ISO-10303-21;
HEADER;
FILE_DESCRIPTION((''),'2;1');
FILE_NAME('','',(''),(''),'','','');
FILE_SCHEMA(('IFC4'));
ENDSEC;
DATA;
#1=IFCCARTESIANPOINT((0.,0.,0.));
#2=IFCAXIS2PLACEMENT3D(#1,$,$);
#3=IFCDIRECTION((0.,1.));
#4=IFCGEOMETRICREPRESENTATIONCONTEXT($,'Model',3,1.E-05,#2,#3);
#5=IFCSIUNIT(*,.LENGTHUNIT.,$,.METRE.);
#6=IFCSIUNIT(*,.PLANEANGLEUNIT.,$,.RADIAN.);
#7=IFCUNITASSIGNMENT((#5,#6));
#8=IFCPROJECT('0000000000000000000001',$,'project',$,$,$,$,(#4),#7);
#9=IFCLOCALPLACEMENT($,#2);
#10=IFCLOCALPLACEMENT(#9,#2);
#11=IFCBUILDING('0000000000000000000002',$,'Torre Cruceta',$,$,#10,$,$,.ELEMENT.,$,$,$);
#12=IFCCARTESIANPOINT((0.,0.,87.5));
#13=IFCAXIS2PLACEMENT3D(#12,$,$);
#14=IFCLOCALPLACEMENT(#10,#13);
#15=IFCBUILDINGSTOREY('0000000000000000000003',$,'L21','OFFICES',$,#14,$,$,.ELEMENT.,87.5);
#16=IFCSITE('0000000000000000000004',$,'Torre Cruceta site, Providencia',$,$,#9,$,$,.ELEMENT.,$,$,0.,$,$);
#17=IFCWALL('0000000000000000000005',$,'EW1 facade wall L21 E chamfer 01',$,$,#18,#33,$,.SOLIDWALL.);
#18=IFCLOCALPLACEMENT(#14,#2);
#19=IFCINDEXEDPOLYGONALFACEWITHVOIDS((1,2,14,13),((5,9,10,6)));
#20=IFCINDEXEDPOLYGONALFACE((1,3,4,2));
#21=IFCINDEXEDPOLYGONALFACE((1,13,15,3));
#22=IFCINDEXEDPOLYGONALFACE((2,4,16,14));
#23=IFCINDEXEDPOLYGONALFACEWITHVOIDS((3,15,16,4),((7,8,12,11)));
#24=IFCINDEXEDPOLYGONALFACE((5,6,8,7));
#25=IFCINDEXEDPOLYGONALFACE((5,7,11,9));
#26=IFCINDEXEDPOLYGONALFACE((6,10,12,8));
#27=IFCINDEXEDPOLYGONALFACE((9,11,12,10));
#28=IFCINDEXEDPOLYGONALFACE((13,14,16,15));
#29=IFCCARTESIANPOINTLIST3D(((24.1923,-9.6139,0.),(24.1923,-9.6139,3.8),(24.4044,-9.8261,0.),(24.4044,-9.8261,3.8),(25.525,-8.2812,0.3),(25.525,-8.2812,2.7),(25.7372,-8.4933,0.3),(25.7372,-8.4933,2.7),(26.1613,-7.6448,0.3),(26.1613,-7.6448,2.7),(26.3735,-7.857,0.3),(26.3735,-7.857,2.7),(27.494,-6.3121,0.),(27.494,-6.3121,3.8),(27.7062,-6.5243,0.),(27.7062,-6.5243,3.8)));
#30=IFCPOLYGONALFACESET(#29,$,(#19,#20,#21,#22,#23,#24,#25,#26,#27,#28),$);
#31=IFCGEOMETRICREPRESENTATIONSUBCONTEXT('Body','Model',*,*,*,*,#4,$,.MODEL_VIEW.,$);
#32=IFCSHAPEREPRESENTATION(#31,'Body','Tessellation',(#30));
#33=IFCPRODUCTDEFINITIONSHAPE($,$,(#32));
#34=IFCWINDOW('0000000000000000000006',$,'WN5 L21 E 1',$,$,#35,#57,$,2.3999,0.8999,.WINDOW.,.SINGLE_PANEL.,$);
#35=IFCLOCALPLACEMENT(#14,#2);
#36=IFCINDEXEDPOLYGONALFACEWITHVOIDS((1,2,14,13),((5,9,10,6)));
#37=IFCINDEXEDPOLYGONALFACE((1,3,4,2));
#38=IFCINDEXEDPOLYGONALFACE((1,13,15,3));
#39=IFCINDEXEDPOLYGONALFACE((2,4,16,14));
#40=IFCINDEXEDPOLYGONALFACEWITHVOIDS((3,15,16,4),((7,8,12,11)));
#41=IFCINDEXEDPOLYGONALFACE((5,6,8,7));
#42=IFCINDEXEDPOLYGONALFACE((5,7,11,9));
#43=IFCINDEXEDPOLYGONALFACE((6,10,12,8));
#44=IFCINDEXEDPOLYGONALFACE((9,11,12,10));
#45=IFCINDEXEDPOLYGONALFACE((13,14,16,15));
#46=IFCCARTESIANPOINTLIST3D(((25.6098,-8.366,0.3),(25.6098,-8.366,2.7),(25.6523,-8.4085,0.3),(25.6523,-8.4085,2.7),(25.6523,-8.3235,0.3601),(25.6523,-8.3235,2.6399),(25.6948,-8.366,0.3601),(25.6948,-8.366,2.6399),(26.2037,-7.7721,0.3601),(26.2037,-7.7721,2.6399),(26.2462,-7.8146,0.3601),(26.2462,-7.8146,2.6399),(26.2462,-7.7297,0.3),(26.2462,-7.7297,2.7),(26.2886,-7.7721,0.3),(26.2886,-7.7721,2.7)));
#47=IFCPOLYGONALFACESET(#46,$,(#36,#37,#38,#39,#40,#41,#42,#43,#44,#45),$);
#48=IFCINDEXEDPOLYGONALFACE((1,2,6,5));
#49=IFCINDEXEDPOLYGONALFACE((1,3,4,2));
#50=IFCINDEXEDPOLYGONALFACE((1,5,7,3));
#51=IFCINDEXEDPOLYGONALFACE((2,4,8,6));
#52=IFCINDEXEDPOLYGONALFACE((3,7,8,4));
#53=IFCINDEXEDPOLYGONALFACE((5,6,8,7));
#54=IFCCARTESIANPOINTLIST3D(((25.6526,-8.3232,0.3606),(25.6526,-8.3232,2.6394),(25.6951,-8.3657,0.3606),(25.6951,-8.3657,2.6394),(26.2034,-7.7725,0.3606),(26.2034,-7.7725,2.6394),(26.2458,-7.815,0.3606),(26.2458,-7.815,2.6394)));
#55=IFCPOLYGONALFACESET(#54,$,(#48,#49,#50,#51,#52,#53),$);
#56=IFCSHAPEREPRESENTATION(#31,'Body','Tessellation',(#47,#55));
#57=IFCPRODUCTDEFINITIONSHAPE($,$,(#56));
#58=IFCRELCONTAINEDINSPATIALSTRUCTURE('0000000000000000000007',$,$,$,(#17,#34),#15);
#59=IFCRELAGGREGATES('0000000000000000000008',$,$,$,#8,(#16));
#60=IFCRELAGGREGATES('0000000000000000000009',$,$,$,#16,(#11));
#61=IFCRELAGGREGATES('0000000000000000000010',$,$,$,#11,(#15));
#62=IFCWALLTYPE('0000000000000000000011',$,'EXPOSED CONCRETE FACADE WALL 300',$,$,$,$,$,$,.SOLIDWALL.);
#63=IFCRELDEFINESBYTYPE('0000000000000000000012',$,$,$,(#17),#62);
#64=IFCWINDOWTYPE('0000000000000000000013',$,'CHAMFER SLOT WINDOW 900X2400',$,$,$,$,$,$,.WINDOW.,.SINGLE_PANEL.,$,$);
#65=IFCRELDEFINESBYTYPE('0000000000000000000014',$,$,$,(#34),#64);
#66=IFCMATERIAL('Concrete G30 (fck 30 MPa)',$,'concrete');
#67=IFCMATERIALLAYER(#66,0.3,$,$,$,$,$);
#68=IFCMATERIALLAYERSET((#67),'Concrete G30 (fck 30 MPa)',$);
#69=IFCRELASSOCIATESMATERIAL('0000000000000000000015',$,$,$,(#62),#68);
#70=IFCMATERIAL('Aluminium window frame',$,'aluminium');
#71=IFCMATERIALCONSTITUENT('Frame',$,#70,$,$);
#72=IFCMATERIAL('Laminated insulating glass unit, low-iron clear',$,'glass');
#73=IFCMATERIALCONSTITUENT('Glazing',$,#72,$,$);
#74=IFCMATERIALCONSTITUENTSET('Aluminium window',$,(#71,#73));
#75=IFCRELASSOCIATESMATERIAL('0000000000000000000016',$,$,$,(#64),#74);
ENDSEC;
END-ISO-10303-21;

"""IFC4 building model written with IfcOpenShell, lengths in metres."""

from ifc_helpers import new_model, si_unit, direction, frame, frame_2d, origin, place, context, subcontext, project, spatial, rectangle, hollow_rectangle, extrude, material, layer, layer_set, constituent, constituent_set, type_object, element, fill, save


model = new_model("IFC4")

# Units and contexts
model_context = context("Model", 3, precision=1e-05, world=origin(), true_north=direction((0.0, 1.0)))
body_context = subcontext(model_context, "Body", "Model", "MODEL_VIEW")
ifc_project = project(units=[si_unit("LENGTHUNIT", "METRE"), si_unit("PLANEANGLEUNIT", "RADIAN")], contexts=[model_context])

# Site, building, storey
site_placement = place(None, origin())
site = spatial("IfcSite", under=ifc_project, at=site_placement, Name="Torre Cruceta site, Providencia", CompositionType="ELEMENT", RefElevation=0.0)
building_placement = place(site_placement, origin())
building = spatial("IfcBuilding", under=site, at=building_placement, Name="Torre Cruceta", CompositionType="ELEMENT")
storey_placement = place(building_placement, frame((0.0, 0.0, 87.5)))
storey = spatial("IfcBuildingStorey", under=building, at=storey_placement, Name="L21", Description="OFFICES", CompositionType="ELEMENT", Elevation=87.5)

# Wall, opening, window
ifc_material_1 = material(Name="Concrete G30 (fck 30 MPa)", Category="concrete")
ifc_layer_1 = layer(ifc_material_1, 0.3)
ifc_layer_set_1 = layer_set([ifc_layer_1], Name="Concrete G30 (fck 30 MPa)")
wall_type = type_object("IfcWallType", Name="EXPOSED CONCRETE FACADE WALL 300", PredefinedType="SOLIDWALL", material=ifc_layer_set_1)
wall_placement = place(storey_placement, frame((24.2983, -9.72, 0.0), z_axis=(0.0, 0.0, 1.0), x_axis=(0.707107, 0.707107, 0.0)))
wall = element("IfcWall", 1, at=wall_placement, inside=storey, type_object=wall_type, Name="EW1 facade wall L21 E chamfer 01", PredefinedType="SOLIDWALL", context=body_context, shape_type="SweptSolid", body=[
    extrude(rectangle(XDim=4.6694, YDim=0.3, at=frame_2d((2.3347, 0.0))), origin(), (0.0, 0.0, 1.0), 3.8),
])
opening_placement = place(wall_placement, frame((1.8848, 0.0, 0.3)))
opening = element("IfcOpeningElement", 2, at=opening_placement, cuts=wall, PredefinedType="OPENING", context=body_context, shape_type="SweptSolid", body=[
    extrude(rectangle(XDim=0.8999, YDim=2.3999, at=frame_2d((0.45, 1.2))), frame((0.0, 0.1599, 0.0), z_axis=(0.0, -1.0, 0.0), x_axis=(1.0, 0.0, 0.0)), (0.0, 0.0, 1.0), 0.3201),
])
ifc_material_2 = material(Name="Aluminium window frame", Category="aluminium")
ifc_constituent_1 = constituent(ifc_material_2, Name="Frame")
ifc_material_3 = material(Name="Laminated insulating glass unit, low-iron clear", Category="glass")
ifc_constituent_2 = constituent(ifc_material_3, Name="Glazing")
ifc_constituent_set = constituent_set(constituents=[ifc_constituent_1, ifc_constituent_2], Name="Aluminium window")
window_type = type_object("IfcWindowType", Name="CHAMFER SLOT WINDOW 900X2400", PartitioningType="SINGLE_PANEL", PredefinedType="WINDOW", material=ifc_constituent_set)
window_placement = place(opening_placement, origin())
window = element("IfcWindow", 3, at=window_placement, inside=storey, type_object=window_type, Name="WN5 L21 E 1", OverallHeight=2.3999, OverallWidth=0.8999, PartitioningType="SINGLE_PANEL", PredefinedType="WINDOW", context=body_context, shape_type="SweptSolid", body=[
    extrude(hollow_rectangle(XDim=0.8999, YDim=2.3999, WallThickness=0.0601, at=frame_2d((0.45, 1.2))), frame((0.0, 0.03, 0.0), z_axis=(0.0, -1.0, 0.0), x_axis=(1.0, 0.0, 0.0)), (0.0, 0.0, 1.0), 0.0601),
    extrude(rectangle(XDim=0.7788, YDim=2.2788, at=frame_2d((0.45, 1.2))), frame((0.0, 0.03, 0.0), z_axis=(0.0, -1.0, 0.0), x_axis=(1.0, 0.0, 0.0)), (0.0, 0.0, 1.0), 0.0601),
])
fill(opening, window)

save(model, "model.ifc")
